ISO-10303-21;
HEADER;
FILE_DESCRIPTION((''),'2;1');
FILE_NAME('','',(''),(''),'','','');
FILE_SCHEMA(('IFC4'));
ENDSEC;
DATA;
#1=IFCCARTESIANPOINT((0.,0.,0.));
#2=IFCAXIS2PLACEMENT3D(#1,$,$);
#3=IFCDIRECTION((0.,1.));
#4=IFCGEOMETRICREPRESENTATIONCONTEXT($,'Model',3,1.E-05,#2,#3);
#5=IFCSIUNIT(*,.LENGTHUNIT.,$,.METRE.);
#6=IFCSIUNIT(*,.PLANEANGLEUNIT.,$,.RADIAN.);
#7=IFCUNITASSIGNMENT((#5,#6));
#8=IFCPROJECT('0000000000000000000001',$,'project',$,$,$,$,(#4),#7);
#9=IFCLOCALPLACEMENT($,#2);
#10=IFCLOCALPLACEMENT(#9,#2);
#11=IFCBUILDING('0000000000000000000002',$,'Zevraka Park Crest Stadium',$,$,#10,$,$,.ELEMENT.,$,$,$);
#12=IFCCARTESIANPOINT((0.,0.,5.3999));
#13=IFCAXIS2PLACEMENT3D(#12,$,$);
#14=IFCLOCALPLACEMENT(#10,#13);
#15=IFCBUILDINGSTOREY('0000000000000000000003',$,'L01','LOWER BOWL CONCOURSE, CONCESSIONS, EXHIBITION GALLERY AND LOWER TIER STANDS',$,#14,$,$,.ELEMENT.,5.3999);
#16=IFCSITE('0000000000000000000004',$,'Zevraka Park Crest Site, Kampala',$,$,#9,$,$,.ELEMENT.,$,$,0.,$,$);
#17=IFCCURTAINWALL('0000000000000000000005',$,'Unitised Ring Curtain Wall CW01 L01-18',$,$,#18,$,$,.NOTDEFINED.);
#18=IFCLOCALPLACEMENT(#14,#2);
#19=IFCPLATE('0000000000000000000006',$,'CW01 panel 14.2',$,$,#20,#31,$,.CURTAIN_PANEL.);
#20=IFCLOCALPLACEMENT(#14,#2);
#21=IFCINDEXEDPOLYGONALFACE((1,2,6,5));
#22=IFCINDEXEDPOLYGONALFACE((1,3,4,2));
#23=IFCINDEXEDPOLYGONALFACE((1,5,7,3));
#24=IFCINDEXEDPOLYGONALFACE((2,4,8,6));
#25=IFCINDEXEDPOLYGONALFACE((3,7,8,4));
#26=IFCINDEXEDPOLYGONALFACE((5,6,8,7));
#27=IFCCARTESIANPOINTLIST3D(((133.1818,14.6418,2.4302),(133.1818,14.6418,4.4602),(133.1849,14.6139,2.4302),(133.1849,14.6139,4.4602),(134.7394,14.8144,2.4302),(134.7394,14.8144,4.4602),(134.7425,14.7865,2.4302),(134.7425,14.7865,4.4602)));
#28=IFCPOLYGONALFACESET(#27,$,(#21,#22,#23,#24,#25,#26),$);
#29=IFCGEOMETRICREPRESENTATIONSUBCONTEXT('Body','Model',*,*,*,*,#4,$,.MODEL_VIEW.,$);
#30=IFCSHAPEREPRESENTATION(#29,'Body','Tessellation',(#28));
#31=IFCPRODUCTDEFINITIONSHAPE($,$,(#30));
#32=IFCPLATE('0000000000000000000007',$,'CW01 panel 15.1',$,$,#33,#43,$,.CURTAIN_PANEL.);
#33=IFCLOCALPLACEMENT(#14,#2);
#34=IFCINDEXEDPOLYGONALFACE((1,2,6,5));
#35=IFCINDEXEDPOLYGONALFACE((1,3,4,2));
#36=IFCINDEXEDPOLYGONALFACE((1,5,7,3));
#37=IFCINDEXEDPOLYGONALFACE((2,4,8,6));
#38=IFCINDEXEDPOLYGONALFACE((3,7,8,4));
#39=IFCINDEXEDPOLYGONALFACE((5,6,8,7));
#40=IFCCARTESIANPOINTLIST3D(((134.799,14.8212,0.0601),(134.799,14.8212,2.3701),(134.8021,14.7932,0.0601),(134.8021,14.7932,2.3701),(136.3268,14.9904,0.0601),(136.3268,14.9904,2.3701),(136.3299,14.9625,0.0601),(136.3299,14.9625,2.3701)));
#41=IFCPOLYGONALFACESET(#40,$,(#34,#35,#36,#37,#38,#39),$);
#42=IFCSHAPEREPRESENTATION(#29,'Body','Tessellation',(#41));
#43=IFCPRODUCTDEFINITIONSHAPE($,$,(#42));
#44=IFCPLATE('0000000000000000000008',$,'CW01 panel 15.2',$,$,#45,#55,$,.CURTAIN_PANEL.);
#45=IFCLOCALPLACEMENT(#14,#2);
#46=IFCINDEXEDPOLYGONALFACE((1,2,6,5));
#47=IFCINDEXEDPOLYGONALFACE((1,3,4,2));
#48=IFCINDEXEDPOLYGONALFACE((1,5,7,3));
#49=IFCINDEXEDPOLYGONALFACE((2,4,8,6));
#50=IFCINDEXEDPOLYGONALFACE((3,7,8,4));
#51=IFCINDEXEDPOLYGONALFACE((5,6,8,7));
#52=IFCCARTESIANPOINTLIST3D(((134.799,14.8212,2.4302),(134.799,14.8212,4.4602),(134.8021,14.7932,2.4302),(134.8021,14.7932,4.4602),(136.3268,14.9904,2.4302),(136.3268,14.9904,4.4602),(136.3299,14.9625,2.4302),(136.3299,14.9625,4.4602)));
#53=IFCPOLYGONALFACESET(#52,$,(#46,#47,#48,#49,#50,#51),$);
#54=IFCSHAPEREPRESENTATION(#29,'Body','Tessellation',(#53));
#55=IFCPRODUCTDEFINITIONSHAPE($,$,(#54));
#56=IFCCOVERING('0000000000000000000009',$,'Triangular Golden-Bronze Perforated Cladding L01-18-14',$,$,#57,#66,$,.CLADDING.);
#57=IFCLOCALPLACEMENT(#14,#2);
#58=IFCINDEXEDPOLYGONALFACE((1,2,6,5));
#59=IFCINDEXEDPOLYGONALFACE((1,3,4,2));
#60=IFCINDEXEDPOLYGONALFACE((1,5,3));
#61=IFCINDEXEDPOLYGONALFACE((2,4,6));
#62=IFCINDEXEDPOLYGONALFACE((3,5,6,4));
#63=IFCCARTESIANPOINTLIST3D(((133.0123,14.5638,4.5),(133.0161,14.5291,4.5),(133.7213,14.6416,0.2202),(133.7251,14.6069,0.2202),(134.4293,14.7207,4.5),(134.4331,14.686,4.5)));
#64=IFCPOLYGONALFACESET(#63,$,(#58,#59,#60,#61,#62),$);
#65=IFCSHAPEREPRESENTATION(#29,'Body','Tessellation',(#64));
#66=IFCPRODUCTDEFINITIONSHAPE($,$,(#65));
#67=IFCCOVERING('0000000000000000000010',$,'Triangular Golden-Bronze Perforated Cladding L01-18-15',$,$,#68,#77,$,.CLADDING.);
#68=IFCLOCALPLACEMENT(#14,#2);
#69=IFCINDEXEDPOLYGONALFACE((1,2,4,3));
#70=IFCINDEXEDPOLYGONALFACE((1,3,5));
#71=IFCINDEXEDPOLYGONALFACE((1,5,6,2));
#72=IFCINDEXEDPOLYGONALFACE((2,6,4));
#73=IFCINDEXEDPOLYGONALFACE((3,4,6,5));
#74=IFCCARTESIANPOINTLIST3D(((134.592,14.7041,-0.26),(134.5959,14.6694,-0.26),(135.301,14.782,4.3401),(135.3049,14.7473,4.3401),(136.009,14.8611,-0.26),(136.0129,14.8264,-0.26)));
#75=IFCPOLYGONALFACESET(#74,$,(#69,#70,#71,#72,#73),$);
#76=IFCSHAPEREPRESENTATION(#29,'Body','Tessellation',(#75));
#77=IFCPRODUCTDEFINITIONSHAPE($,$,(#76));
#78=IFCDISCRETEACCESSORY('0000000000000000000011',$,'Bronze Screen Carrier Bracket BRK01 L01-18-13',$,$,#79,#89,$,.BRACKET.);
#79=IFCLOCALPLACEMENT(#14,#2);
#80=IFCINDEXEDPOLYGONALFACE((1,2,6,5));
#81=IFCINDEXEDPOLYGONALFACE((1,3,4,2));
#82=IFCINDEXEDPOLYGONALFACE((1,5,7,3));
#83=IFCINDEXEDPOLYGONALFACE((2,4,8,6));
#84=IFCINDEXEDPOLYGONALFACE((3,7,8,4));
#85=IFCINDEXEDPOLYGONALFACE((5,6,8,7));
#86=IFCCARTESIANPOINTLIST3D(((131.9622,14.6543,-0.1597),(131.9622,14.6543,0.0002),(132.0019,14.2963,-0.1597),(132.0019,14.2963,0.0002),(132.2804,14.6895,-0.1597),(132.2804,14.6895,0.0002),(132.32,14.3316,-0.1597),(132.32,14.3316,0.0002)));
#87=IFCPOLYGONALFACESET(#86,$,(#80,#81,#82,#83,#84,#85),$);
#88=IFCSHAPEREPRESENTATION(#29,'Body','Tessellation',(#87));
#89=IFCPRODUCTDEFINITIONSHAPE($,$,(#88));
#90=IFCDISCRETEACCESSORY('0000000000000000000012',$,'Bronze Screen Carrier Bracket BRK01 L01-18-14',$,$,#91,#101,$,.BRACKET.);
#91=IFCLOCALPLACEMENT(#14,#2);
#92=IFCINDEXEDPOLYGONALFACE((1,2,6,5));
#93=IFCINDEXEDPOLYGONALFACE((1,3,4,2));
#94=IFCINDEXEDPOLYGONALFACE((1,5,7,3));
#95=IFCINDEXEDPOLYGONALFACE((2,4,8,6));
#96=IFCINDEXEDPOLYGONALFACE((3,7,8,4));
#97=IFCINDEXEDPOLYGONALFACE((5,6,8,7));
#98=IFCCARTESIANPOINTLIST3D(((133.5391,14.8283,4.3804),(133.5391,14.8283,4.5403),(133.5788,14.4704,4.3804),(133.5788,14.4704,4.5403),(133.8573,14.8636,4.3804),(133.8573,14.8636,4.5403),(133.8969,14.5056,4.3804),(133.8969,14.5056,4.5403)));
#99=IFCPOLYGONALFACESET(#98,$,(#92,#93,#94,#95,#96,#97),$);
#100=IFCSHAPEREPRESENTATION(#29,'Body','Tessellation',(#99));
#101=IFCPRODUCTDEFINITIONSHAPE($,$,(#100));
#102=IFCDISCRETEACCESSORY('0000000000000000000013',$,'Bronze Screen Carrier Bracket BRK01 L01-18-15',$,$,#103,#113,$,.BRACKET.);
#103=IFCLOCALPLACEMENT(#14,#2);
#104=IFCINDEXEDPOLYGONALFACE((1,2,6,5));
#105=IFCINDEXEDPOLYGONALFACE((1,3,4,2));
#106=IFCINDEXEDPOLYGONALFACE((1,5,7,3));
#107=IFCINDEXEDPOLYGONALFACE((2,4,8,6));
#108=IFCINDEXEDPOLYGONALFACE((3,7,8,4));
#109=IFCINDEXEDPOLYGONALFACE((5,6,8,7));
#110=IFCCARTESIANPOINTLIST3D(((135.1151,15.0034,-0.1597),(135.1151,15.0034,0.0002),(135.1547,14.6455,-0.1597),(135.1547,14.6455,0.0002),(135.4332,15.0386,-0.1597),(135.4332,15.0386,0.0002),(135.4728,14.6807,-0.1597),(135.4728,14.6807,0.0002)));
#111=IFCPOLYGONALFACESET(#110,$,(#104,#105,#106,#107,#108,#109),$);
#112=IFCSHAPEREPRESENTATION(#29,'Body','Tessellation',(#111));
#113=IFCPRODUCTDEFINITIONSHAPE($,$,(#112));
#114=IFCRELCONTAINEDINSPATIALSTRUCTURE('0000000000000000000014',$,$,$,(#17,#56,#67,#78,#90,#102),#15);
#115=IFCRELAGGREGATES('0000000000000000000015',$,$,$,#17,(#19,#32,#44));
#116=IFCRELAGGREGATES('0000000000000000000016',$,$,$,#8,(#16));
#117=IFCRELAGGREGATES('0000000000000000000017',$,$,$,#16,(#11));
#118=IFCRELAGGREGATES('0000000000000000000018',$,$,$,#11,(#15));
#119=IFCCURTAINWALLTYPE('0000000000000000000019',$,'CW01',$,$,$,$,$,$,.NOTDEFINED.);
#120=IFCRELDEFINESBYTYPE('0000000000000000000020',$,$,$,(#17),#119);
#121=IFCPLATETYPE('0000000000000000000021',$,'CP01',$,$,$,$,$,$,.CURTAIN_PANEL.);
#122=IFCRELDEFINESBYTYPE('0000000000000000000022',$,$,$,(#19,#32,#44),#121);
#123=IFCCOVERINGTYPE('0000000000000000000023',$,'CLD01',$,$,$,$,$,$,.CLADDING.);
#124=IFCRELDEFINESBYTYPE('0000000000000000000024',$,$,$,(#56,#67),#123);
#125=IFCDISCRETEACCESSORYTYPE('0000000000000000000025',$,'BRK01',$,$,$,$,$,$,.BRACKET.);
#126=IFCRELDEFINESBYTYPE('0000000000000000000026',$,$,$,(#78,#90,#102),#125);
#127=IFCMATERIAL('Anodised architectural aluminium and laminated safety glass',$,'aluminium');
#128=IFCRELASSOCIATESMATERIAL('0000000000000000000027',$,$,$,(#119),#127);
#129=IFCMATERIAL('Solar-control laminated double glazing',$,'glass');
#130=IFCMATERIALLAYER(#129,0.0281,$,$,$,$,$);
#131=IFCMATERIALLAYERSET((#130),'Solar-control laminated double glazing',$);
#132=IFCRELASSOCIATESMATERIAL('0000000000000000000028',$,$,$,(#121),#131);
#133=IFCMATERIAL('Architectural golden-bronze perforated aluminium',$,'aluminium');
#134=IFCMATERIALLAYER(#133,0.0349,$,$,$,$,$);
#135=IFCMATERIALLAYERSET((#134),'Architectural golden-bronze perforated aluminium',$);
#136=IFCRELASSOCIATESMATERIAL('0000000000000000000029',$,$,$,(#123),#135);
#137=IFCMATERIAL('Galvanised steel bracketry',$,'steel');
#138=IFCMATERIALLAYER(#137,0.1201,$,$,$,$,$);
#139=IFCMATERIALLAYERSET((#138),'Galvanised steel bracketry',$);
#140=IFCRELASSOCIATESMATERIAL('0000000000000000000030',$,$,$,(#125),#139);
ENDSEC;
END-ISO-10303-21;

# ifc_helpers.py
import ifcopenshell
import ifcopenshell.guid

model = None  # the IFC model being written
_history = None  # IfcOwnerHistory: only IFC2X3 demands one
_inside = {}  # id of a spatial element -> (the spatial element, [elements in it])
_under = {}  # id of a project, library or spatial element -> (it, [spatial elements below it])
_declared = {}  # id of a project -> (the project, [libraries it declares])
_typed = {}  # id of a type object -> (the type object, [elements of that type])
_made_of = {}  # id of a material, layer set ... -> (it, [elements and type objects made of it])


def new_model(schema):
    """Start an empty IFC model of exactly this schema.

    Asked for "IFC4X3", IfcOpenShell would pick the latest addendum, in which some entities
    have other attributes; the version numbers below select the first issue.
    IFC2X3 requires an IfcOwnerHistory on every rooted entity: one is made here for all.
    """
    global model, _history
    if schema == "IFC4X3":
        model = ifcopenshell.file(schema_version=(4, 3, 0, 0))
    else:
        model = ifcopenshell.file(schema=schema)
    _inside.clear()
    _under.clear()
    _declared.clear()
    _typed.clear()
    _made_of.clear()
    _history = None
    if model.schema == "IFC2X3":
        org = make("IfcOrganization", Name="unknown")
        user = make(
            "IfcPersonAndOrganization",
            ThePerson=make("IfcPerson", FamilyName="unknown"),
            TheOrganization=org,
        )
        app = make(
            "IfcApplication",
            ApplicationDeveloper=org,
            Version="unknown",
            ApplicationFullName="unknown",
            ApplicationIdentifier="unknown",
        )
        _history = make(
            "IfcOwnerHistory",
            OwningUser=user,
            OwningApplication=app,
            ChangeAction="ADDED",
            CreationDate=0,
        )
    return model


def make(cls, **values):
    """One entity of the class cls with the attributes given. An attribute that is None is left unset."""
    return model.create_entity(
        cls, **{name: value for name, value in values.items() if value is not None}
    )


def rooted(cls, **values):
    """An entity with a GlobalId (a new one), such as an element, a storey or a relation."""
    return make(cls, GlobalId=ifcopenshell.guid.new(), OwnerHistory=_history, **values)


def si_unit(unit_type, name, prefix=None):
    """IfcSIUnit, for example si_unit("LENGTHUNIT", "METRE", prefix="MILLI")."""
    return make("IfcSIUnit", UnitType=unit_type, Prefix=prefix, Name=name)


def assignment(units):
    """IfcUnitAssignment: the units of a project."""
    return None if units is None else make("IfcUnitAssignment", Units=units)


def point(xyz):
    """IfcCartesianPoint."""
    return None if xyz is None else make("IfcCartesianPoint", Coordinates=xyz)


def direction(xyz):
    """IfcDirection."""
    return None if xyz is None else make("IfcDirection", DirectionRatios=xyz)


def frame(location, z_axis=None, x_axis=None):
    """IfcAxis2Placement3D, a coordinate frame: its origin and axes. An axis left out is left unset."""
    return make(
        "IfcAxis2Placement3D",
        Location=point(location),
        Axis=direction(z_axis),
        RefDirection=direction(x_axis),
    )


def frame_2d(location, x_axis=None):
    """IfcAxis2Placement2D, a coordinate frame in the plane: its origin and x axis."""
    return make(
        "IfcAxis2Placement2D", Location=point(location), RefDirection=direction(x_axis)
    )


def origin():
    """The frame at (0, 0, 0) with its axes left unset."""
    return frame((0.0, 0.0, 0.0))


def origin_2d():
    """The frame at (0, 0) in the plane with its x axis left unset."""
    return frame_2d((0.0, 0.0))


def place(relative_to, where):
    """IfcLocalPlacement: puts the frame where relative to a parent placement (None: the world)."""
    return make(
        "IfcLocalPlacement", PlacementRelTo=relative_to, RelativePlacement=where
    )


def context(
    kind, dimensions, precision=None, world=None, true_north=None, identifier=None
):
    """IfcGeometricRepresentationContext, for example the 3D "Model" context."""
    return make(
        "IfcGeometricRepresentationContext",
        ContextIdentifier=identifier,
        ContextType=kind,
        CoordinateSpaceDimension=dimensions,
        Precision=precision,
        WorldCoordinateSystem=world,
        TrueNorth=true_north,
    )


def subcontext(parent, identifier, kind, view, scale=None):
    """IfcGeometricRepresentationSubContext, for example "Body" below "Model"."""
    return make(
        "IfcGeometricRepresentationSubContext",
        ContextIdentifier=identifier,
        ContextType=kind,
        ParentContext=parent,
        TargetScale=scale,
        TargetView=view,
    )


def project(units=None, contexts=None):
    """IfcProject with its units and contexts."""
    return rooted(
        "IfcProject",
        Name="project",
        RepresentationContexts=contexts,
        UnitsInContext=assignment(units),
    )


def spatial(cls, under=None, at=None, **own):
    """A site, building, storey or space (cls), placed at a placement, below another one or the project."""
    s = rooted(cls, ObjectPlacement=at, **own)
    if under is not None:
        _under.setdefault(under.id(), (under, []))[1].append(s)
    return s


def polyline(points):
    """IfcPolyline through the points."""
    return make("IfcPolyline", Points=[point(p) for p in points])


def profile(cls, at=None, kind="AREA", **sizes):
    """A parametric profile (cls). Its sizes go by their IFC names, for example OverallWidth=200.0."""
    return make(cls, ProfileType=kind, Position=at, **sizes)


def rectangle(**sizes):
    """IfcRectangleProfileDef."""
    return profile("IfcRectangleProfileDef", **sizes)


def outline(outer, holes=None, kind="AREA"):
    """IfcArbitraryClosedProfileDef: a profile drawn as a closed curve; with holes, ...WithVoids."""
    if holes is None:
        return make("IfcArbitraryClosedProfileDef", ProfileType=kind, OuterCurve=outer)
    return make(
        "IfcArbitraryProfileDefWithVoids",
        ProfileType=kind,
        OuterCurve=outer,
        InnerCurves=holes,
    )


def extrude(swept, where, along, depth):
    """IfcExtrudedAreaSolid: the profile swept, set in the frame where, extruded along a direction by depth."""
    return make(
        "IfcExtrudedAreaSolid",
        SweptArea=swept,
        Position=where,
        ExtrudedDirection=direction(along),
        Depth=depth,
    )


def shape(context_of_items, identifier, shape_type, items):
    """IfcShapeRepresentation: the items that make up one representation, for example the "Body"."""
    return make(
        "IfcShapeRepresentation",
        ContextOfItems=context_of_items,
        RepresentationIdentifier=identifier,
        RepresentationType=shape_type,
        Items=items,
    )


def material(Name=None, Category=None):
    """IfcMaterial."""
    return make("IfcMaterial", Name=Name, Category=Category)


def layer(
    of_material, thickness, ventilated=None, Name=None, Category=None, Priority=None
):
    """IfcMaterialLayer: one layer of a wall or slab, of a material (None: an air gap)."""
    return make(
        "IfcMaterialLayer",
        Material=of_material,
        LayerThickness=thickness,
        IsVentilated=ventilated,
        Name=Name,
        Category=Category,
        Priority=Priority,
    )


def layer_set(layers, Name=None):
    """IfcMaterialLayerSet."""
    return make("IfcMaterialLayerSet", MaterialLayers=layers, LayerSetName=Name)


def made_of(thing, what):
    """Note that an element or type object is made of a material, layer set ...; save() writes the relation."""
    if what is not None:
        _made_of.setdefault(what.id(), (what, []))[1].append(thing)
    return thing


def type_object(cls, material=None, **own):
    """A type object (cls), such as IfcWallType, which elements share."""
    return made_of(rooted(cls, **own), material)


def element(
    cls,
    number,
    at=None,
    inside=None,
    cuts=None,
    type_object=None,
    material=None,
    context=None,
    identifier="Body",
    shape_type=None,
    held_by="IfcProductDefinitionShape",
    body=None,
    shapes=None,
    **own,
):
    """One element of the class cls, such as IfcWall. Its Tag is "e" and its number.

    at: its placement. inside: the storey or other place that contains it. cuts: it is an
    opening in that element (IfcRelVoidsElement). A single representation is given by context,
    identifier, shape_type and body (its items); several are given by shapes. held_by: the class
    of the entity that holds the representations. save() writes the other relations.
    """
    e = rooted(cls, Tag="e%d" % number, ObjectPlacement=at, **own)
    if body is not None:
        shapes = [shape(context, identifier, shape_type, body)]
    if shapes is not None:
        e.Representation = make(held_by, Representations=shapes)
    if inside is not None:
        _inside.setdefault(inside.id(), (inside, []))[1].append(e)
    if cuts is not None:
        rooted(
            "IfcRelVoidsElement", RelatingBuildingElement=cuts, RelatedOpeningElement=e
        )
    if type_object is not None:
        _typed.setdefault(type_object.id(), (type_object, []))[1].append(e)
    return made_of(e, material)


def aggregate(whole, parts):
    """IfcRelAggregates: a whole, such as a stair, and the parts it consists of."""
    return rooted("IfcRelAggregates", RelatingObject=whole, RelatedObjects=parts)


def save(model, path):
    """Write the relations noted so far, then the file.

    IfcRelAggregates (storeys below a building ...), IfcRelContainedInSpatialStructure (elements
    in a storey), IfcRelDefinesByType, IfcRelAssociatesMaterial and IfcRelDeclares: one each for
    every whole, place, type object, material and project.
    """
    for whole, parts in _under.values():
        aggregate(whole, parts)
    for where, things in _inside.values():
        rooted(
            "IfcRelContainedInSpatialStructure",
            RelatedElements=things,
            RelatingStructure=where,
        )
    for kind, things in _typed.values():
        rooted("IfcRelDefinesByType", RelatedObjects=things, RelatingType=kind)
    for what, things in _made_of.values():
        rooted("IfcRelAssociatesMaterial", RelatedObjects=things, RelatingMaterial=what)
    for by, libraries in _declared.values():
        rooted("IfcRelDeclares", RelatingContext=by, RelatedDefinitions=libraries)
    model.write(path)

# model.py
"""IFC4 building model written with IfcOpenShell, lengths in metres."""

from ifc_helpers import new_model, si_unit, direction, frame, origin, origin_2d, place, context, subcontext, project, spatial, polyline, rectangle, outline, extrude, material, layer, layer_set, type_object, element, aggregate, save


model = new_model("IFC4")

# Units and contexts
model_context = context("Model", 3, precision=1e-05, world=origin(), true_north=direction((0.0, 1.0)))
body_context = subcontext(model_context, "Body", "Model", "MODEL_VIEW")
ifc_project = project(units=[si_unit("LENGTHUNIT", "METRE"), si_unit("PLANEANGLEUNIT", "RADIAN")], contexts=[model_context])

# Site, building, storey
site_placement = place(None, origin())
site = spatial("IfcSite", under=ifc_project, at=site_placement, Name="Zevraka Park Crest Site, Kampala", CompositionType="ELEMENT", RefElevation=0.0)
building_placement = place(site_placement, origin())
building = spatial("IfcBuilding", under=site, at=building_placement, Name="Zevraka Park Crest Stadium", CompositionType="ELEMENT")
storey_placement = place(building_placement, frame((0.0, 0.0, 5.3999)))
storey = spatial("IfcBuildingStorey", under=building, at=storey_placement, Name="L01", Description="LOWER BOWL CONCOURSE, CONCESSIONS, EXHIBITION GALLERY AND LOWER TIER STANDS", CompositionType="ELEMENT", Elevation=5.3999)

# Curtain wall, plates
ifc_material_1 = material(Name="Anodised architectural aluminium and laminated safety glass", Category="aluminium")
curtain_wall_type = type_object("IfcCurtainWallType", Name="CW01", PredefinedType="NOTDEFINED", material=ifc_material_1)
curtain_wall_placement = place(storey_placement, origin())
curtain_wall = element("IfcCurtainWall", 1, at=curtain_wall_placement, inside=storey, type_object=curtain_wall_type, Name="Unitised Ring Curtain Wall CW01 L01-18", PredefinedType="NOTDEFINED")
ifc_material_2 = material(Name="Solar-control laminated double glazing", Category="glass")
ifc_layer_1 = layer(ifc_material_2, 0.0281)
ifc_layer_set_1 = layer_set([ifc_layer_1], Name="Solar-control laminated double glazing")
plate_type = type_object("IfcPlateType", Name="CP01", PredefinedType="CURTAIN_PANEL", material=ifc_layer_set_1)
plate_1_placement = place(storey_placement, frame((133.9622, 14.7141, 2.4302), z_axis=(0.0, 0.0, 1.0), x_axis=(0.993917, 0.110135, 0.0)))
plate_1 = element("IfcPlate", 2, at=plate_1_placement, type_object=plate_type, Name="CW01 panel 14.2", PredefinedType="CURTAIN_PANEL", context=body_context, shape_type="SweptSolid", body=[
    extrude(rectangle(XDim=1.5671, YDim=0.0281, at=origin_2d()), origin(), (0.0, 0.0, 1.0), 2.03),
])
plate_2_placement = place(storey_placement, frame((135.5645, 14.8918, 0.0601), z_axis=(0.0, 0.0, 1.0), x_axis=(0.993917, 0.110135, 0.0)))
plate_2 = element("IfcPlate", 3, at=plate_2_placement, type_object=plate_type, Name="CW01 panel 15.1", PredefinedType="CURTAIN_PANEL", context=body_context, shape_type="SweptSolid", body=[
    extrude(rectangle(XDim=1.5371, YDim=0.0281, at=origin_2d()), origin(), (0.0, 0.0, 1.0), 2.3101),
])
plate_3_placement = place(storey_placement, frame((135.5645, 14.8918, 2.4302), z_axis=(0.0, 0.0, 1.0), x_axis=(0.993917, 0.110135, 0.0)))
plate_3 = element("IfcPlate", 4, at=plate_3_placement, type_object=plate_type, Name="CW01 panel 15.2", PredefinedType="CURTAIN_PANEL", context=body_context, shape_type="SweptSolid", body=[
    extrude(rectangle(XDim=1.5371, YDim=0.0281, at=origin_2d()), origin(), (0.0, 0.0, 1.0), 2.03),
])
aggregate(curtain_wall, [plate_1, plate_2, plate_3])

# Coverings
ifc_material_3 = material(Name="Architectural golden-bronze perforated aluminium", Category="aluminium")
ifc_layer_2 = layer(ifc_material_3, 0.0349)
ifc_layer_set_2 = layer_set([ifc_layer_2], Name="Architectural golden-bronze perforated aluminium")
covering_type = type_object("IfcCoveringType", Name="CLD01", PredefinedType="CLADDING", material=ifc_layer_set_2)
covering_1_placement = place(storey_placement, frame((134.4331, 14.686, 4.5), z_axis=(0.110112, -0.993919, 0.000154), x_axis=(-0.993919, -0.110112, 0.0)))
element("IfcCovering", 5, at=covering_1_placement, inside=storey, type_object=covering_type, Name="Triangular Golden-Bronze Perforated Cladding L01-18-14", PredefinedType="CLADDING", context=body_context, shape_type="SweptSolid", body=[
    extrude(outline(polyline([(0.0, 0.0), (1.4257, 0.0), (0.7124, 4.2798), (0.0, 0.0)])), origin(), (0.0, 0.0, -1.0), 0.0349),
])
covering_2_placement = place(storey_placement, frame((134.592, 14.7041, -0.26), z_axis=(-0.110112, 0.993919, 0.000144), x_axis=(0.993919, 0.110112, 0.0)))
element("IfcCovering", 6, at=covering_2_placement, inside=storey, type_object=covering_type, Name="Triangular Golden-Bronze Perforated Cladding L01-18-15", PredefinedType="CLADDING", context=body_context, shape_type="SweptSolid", body=[
    extrude(outline(polyline([(0.0, 0.0), (1.4257, 0.0), (0.7132, -4.6001), (0.0, 0.0)])), origin(), (0.0, 0.0, -1.0), 0.0349),
])

# Discrete accessories
ifc_material_4 = material(Name="Galvanised steel bracketry", Category="steel")
ifc_layer_3 = layer(ifc_material_4, 0.1201)
ifc_layer_set_3 = layer_set([ifc_layer_3], Name="Galvanised steel bracketry")
discrete_accessory_type = type_object("IfcDiscreteAccessoryType", Name="BRK01", PredefinedType="BRACKET", material=ifc_layer_set_3)
for number, where, z_axis, x_axis, name in (
    (7, (132.1411, 14.4929, -0.1597), (0.0, 0.0, 1.0), (0.993923, 0.110081, 0.0), "Bronze Screen Carrier Bracket BRK01 L01-18-13"),
    (8, (133.718, 14.667, 4.3804), (0.0, 0.0, 1.0), (0.993923, 0.110081, 0.0), "Bronze Screen Carrier Bracket BRK01 L01-18-14"),
    (9, (135.2939, 14.842, -0.1597), (0.0, 0.0, 1.0), (0.993923, 0.110081, 0.0), "Bronze Screen Carrier Bracket BRK01 L01-18-15"),
):
    element("IfcDiscreteAccessory", number, at=place(storey_placement, frame(where, z_axis=z_axis, x_axis=x_axis)), inside=storey, type_object=discrete_accessory_type, Name=name, PredefinedType="BRACKET", context=body_context, shape_type="SweptSolid", body=[
        extrude(rectangle(XDim=0.3201, YDim=0.3601, at=origin_2d()), origin(), (0.0, 0.0, 1.0), 0.1599),
    ])

save(model, "model.ifc")
